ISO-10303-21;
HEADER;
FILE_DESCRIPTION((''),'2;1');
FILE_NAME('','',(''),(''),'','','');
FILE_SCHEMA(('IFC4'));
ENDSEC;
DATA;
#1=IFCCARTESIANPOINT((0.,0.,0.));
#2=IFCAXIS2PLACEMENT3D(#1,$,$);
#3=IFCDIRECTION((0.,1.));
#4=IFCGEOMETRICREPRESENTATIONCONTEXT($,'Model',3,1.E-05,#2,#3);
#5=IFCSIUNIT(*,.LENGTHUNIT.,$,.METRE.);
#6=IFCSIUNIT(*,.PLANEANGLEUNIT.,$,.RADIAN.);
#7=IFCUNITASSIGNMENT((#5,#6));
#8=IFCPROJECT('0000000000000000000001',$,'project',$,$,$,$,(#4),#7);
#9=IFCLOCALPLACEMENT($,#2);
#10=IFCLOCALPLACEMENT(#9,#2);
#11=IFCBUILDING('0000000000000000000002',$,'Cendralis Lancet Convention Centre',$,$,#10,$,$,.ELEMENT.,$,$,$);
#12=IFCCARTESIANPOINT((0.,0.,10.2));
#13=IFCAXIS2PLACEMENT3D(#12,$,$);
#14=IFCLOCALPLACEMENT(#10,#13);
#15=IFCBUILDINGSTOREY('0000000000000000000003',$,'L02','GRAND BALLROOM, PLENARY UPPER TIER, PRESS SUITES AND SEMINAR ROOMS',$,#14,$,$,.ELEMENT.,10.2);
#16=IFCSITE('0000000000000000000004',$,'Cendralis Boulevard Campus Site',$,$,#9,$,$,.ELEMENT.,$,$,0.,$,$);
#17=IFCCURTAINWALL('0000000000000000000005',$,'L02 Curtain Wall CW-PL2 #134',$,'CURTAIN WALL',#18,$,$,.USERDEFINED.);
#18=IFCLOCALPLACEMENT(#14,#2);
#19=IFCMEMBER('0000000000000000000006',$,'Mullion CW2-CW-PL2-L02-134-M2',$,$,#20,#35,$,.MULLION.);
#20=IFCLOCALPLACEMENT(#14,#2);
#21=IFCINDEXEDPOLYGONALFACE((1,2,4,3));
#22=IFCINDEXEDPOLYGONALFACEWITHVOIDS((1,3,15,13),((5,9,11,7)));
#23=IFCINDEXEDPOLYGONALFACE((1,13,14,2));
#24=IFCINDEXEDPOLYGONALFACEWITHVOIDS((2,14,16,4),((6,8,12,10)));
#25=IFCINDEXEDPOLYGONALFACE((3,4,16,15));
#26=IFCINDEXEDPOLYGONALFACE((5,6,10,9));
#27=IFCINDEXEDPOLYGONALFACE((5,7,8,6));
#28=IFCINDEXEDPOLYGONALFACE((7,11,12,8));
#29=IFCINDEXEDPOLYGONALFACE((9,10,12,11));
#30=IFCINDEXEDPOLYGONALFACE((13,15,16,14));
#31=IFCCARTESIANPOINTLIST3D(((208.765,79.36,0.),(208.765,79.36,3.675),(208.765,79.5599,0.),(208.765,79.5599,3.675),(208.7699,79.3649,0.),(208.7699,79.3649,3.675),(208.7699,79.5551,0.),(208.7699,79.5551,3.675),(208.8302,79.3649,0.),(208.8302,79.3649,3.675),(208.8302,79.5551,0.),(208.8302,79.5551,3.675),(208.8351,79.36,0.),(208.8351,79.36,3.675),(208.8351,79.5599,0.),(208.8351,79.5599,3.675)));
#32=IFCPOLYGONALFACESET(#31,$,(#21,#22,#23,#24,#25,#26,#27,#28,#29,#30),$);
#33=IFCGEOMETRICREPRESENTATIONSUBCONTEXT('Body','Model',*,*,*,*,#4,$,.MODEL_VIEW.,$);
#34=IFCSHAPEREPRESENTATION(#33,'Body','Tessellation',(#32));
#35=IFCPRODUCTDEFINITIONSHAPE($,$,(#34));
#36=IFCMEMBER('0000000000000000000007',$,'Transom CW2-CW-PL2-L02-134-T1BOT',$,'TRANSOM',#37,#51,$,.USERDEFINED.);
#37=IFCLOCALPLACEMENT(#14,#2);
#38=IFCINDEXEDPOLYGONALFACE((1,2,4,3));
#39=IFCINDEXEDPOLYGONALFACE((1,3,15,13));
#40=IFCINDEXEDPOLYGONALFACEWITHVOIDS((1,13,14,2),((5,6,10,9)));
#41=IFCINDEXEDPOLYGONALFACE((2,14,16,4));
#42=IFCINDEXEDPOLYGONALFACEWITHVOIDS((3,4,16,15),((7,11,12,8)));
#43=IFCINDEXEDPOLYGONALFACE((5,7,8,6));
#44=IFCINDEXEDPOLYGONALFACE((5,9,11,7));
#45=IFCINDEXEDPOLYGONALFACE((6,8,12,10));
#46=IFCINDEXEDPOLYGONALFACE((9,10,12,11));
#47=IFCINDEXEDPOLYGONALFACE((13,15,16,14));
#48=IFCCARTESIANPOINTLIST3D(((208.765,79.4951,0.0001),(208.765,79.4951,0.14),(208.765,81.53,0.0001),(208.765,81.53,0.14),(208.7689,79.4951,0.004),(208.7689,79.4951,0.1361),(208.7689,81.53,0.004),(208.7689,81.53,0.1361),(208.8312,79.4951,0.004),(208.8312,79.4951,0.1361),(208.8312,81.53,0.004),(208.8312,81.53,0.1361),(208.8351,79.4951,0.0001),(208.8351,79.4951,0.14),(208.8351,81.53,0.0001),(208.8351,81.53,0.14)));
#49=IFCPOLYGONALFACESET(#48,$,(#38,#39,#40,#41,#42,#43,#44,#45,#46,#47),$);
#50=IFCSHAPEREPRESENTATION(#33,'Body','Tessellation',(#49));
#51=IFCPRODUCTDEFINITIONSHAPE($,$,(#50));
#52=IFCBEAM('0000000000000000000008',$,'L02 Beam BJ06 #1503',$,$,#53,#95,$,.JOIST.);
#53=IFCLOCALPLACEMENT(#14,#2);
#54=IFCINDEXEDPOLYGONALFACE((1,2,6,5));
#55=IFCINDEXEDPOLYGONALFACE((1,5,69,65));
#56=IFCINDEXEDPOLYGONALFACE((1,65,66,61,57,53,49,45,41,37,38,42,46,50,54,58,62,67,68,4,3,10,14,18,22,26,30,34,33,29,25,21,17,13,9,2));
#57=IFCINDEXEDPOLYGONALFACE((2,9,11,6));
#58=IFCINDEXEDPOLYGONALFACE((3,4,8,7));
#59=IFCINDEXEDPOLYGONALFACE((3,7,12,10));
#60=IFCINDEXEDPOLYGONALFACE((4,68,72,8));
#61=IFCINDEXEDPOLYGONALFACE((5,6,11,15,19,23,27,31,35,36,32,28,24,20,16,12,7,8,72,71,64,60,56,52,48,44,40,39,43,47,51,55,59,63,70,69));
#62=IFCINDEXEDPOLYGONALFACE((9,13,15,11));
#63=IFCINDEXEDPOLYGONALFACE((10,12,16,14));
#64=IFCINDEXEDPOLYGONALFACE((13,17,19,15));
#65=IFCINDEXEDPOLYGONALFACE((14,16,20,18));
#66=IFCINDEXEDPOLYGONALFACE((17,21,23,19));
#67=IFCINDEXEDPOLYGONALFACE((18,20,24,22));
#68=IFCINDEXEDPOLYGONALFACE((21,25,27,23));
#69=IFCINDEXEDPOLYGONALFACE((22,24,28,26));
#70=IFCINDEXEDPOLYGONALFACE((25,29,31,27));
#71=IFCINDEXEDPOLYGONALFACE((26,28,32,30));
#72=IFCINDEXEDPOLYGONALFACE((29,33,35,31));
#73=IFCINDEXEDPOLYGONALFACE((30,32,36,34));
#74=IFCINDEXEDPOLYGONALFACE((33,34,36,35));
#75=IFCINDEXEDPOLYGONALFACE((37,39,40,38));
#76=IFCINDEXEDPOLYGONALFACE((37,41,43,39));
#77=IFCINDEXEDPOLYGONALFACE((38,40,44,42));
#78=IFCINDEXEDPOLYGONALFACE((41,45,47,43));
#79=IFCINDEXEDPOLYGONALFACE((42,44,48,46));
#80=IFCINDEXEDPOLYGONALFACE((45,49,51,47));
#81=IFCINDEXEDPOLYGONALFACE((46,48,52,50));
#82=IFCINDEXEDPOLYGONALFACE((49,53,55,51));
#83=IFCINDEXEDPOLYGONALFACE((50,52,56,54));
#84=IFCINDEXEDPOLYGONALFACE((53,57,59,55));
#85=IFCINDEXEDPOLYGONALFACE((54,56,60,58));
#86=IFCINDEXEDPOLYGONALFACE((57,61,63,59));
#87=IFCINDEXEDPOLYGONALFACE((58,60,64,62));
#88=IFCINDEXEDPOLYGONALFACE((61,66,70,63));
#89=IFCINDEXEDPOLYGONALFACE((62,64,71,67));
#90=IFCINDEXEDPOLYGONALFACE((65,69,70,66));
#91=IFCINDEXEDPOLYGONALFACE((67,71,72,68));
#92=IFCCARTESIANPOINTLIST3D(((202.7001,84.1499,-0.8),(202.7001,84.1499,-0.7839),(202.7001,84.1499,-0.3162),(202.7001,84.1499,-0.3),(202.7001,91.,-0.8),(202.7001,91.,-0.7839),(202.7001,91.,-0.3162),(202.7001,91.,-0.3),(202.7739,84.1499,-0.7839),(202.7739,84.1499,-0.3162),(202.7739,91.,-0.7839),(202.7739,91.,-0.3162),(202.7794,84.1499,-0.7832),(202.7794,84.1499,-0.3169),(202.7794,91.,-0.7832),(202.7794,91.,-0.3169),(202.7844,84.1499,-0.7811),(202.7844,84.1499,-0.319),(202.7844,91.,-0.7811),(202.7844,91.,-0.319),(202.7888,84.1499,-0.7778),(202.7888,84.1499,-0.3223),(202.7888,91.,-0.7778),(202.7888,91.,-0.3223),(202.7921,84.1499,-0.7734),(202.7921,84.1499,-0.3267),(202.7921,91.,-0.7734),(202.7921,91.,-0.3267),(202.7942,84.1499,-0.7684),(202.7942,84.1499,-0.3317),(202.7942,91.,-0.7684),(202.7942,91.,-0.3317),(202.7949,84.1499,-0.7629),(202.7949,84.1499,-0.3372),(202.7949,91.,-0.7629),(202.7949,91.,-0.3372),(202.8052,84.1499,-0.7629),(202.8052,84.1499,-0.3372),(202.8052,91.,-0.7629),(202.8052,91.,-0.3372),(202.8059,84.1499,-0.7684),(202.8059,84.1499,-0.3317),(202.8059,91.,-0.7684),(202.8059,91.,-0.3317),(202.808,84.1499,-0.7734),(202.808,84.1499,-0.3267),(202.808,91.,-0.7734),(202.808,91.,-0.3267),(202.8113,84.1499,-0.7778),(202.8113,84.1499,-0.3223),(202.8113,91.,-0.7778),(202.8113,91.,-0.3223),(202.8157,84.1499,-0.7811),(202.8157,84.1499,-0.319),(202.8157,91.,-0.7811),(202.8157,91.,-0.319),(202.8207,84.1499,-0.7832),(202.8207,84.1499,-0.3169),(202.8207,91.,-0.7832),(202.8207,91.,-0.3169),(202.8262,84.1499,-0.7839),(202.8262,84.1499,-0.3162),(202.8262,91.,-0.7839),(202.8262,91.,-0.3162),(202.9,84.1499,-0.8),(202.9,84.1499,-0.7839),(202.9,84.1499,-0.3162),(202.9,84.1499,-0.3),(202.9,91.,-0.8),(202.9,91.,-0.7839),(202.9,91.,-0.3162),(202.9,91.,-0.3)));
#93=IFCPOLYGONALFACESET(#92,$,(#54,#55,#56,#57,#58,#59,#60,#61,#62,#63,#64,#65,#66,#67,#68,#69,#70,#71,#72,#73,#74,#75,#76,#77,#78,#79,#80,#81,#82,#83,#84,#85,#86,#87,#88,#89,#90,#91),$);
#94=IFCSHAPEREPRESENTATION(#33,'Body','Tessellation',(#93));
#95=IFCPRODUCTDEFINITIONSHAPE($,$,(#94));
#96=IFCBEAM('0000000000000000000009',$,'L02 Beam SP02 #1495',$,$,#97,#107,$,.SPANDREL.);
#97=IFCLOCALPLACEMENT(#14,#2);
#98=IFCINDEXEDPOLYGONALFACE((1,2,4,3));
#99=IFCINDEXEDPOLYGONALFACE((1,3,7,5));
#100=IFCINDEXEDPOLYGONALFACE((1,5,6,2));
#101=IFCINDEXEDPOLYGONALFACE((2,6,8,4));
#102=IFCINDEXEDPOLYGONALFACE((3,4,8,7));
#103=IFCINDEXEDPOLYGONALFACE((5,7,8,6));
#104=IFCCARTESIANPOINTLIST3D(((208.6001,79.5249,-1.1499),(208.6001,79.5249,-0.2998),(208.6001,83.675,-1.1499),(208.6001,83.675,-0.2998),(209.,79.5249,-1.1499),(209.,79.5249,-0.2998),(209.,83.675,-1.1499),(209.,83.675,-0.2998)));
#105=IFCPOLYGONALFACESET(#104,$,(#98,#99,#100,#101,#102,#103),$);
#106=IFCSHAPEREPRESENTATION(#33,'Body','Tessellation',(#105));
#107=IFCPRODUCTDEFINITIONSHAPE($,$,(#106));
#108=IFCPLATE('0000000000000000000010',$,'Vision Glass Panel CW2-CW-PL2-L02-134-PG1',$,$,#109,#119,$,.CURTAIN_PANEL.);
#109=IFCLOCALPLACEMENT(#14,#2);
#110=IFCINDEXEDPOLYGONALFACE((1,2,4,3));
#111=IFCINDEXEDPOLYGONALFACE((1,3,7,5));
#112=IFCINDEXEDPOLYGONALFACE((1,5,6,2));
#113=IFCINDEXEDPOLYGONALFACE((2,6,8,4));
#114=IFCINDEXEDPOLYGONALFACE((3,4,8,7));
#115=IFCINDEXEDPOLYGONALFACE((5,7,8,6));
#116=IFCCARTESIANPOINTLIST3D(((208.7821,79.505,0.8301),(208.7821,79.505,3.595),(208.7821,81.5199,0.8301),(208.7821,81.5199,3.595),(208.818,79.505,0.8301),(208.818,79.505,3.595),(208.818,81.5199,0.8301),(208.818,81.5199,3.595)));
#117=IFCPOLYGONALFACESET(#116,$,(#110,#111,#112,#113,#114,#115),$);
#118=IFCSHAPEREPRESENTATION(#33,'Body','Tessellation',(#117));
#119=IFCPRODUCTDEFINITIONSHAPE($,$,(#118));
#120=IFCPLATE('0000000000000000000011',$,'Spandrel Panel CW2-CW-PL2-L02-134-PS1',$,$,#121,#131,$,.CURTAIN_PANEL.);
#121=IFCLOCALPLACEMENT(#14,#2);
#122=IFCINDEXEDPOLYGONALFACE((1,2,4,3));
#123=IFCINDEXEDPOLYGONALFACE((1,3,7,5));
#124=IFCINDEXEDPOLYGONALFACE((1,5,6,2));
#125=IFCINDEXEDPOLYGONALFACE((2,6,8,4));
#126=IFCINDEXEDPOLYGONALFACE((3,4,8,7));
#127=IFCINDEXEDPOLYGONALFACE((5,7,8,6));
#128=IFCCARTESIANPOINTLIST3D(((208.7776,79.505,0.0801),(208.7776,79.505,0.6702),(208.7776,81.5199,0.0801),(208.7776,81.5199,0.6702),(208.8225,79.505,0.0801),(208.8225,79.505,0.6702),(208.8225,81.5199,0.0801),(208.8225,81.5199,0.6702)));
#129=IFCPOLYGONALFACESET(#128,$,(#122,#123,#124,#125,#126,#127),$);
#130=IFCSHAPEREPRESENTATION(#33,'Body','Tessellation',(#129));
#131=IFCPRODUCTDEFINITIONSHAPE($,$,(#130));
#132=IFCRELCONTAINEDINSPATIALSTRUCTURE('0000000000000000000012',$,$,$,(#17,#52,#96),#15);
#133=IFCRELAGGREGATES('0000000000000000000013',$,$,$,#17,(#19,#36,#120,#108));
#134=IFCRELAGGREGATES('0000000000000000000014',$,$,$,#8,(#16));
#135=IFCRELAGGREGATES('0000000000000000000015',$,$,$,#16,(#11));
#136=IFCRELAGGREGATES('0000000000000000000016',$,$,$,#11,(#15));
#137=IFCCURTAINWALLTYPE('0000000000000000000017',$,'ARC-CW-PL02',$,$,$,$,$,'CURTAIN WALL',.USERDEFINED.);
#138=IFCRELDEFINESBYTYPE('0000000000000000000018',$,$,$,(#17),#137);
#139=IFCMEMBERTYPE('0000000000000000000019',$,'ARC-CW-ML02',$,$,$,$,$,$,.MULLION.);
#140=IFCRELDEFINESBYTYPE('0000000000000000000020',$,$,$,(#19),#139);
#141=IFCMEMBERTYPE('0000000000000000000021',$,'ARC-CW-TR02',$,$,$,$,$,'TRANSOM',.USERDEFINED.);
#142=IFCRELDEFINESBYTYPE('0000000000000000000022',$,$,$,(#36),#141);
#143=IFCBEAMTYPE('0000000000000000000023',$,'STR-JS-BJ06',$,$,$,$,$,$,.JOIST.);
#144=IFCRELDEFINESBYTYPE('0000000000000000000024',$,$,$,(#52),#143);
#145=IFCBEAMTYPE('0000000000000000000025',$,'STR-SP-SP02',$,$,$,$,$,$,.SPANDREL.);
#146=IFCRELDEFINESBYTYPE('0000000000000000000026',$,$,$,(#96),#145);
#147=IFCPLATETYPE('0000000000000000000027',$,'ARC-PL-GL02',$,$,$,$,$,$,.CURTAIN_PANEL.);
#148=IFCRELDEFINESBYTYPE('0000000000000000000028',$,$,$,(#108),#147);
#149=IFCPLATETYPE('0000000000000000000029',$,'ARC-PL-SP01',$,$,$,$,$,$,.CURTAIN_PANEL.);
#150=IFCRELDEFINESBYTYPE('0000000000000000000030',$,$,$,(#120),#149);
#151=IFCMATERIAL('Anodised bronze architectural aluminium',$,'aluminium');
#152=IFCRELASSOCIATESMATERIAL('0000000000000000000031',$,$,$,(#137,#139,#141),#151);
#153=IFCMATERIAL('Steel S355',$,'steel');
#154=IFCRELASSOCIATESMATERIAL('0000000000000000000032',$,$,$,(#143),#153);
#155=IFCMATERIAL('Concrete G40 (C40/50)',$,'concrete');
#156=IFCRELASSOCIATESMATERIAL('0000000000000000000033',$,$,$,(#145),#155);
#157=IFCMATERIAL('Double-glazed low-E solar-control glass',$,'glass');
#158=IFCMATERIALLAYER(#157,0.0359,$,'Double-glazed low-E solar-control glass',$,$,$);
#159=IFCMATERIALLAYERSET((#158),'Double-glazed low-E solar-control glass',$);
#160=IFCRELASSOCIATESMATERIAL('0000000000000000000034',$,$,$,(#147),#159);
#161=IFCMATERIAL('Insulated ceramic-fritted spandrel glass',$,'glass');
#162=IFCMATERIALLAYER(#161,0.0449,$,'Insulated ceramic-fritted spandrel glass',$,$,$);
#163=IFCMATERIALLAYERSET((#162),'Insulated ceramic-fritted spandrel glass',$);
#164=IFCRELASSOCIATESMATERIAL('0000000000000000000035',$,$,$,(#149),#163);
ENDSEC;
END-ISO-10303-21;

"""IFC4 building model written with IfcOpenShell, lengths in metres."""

from ifc_helpers import new_model, si_unit, direction, frame, origin, origin_2d, place, context, subcontext, project, spatial, rectangle, hollow_rectangle, i_section, extrude, material, layer, layer_set, material_profile, profile_set, type_object, element, aggregate, save


model = new_model("IFC4")

# Units and contexts
model_context = context("Model", 3, precision=1e-05, world=origin(), true_north=direction((0.0, 1.0)))
body_context = subcontext(model_context, "Body", "Model", "MODEL_VIEW")
ifc_project = project(units=[si_unit("LENGTHUNIT", "METRE"), si_unit("PLANEANGLEUNIT", "RADIAN")], contexts=[model_context])

# Site, building, storey
site_placement = place(None, origin())
site = spatial("IfcSite", under=ifc_project, at=site_placement, Name="Cendralis Boulevard Campus Site", CompositionType="ELEMENT", RefElevation=0.0)
building_placement = place(site_placement, origin())
building = spatial("IfcBuilding", under=site, at=building_placement, Name="Cendralis Lancet Convention Centre", CompositionType="ELEMENT")
storey_placement = place(building_placement, frame((0.0, 0.0, 10.2)))
storey = spatial("IfcBuildingStorey", under=building, at=storey_placement, Name="L02", Description="GRAND BALLROOM, PLENARY UPPER TIER, PRESS SUITES AND SEMINAR ROOMS", CompositionType="ELEMENT", Elevation=10.2)

# Curtain wall, members
ifc_material_1 = material(Name="Anodised bronze architectural aluminium", Category="aluminium")
curtain_wall_type = type_object("IfcCurtainWallType", Name="ARC-CW-PL02", ElementType="CURTAIN WALL", PredefinedType="USERDEFINED", material=ifc_material_1)
curtain_wall_placement = place(storey_placement, origin())
curtain_wall = element("IfcCurtainWall", 1, at=curtain_wall_placement, inside=storey, type_object=curtain_wall_type, Name="L02 Curtain Wall CW-PL2 #134", ObjectType="CURTAIN WALL", PredefinedType="USERDEFINED")
ifc_material_profile_1 = material_profile(ifc_material_1, hollow_rectangle(XDim=0.0701, YDim=0.2, WallThickness=0.0049, at=origin_2d()), Name="AL-MULL 70x200x5.0")
ifc_profile_set_1 = profile_set([ifc_material_profile_1], Name="Anodised bronze architectural aluminium")
member_type_1 = type_object("IfcMemberType", Name="ARC-CW-ML02", PredefinedType="MULLION", material=ifc_profile_set_1)
member_1_placement = place(storey_placement, frame((208.8, 79.46, 0.0), z_axis=(0.0, 0.0, 1.0), x_axis=(1.0, 0.0, 0.0)))
member_1 = element("IfcMember", 2, at=member_1_placement, type_object=member_type_1, Name="Mullion CW2-CW-PL2-L02-134-M2", PredefinedType="MULLION", context=body_context, shape_type="SweptSolid", body=[
    extrude(hollow_rectangle(XDim=0.0701, YDim=0.2, WallThickness=0.0049, at=origin_2d()), origin(), (0.0, 0.0, 1.0), 3.675),
])
ifc_material_profile_2 = material_profile(ifc_material_1, hollow_rectangle(XDim=0.0701, YDim=0.1399, WallThickness=0.0039, at=origin_2d()), Name="AL-TRAN 70x140x4.0")
ifc_profile_set_2 = profile_set([ifc_material_profile_2], Name="Anodised bronze architectural aluminium")
member_type_2 = type_object("IfcMemberType", Name="ARC-CW-TR02", ElementType="TRANSOM", PredefinedType="USERDEFINED", material=ifc_profile_set_2)
member_2_placement = place(storey_placement, frame((208.8, 81.53, 0.0701), z_axis=(0.0, -1.0, 0.0), x_axis=(1.0, 0.0, 0.0)))
member_2 = element("IfcMember", 3, at=member_2_placement, type_object=member_type_2, Name="Transom CW2-CW-PL2-L02-134-T1BOT", ObjectType="TRANSOM", PredefinedType="USERDEFINED", context=body_context, shape_type="SweptSolid", body=[
    extrude(hollow_rectangle(XDim=0.0701, YDim=0.1399, WallThickness=0.0039, at=origin_2d()), origin(), (0.0, 0.0, 1.0), 2.0349),
])

# Beams
ifc_material_2 = material(Name="Steel S355", Category="steel")
ifc_material_profile_3 = material_profile(ifc_material_2, i_section(OverallWidth=0.2, OverallDepth=0.5, WebThickness=0.0103, FlangeThickness=0.0161, FilletRadius=0.021, at=origin_2d()), Name="IPE 500")
ifc_profile_set_3 = profile_set([ifc_material_profile_3], Name="Steel S355")
beam_type_1 = type_object("IfcBeamType", Name="STR-JS-BJ06", PredefinedType="JOIST", material=ifc_profile_set_3)
beam_1_placement = place(storey_placement, frame((202.8, 84.1499, -0.55), z_axis=(0.0, 1.0, 0.0), x_axis=(-1.0, 0.0, 0.0)))
element("IfcBeam", 4, at=beam_1_placement, inside=storey, type_object=beam_type_1, Name="L02 Beam BJ06 #1503", PredefinedType="JOIST", context=body_context, shape_type="SweptSolid", body=[
    extrude(i_section(OverallWidth=0.2, OverallDepth=0.5, WebThickness=0.0103, FlangeThickness=0.0161, FilletRadius=0.021, at=origin_2d()), origin(), (0.0, 0.0, 1.0), 6.8501),
])
ifc_material_3 = material(Name="Concrete G40 (C40/50)", Category="concrete")
ifc_material_profile_4 = material_profile(ifc_material_3, rectangle(XDim=0.3999, YDim=0.8501, at=origin_2d()), Name="RCB 400x850")
ifc_profile_set_4 = profile_set([ifc_material_profile_4], Name="Concrete G40 (C40/50)")
beam_type_2 = type_object("IfcBeamType", Name="STR-SP-SP02", PredefinedType="SPANDREL", material=ifc_profile_set_4)
beam_2_placement = place(storey_placement, frame((208.8, 79.5249, -0.7249), z_axis=(0.0, 1.0, 0.0), x_axis=(-1.0, 0.0, 0.0)))
element("IfcBeam", 5, at=beam_2_placement, inside=storey, type_object=beam_type_2, Name="L02 Beam SP02 #1495", PredefinedType="SPANDREL", context=body_context, shape_type="SweptSolid", body=[
    extrude(rectangle(XDim=0.3999, YDim=0.8501, at=origin_2d()), origin(), (0.0, 0.0, 1.0), 4.1501),
])

# Plates
ifc_material_4 = material(Name="Double-glazed low-E solar-control glass", Category="glass")
ifc_layer_1 = layer(ifc_material_4, 0.0359, Name="Double-glazed low-E solar-control glass")
ifc_layer_set_1 = layer_set([ifc_layer_1], Name="Double-glazed low-E solar-control glass")
plate_type_1 = type_object("IfcPlateType", Name="ARC-PL-GL02", PredefinedType="CURTAIN_PANEL", material=ifc_layer_set_1)
plate_1_placement = place(storey_placement, frame((208.8, 80.5125, 0.8301), z_axis=(0.0, 0.0, 1.0), x_axis=(0.0, -1.0, 0.0)))
plate_1 = element("IfcPlate", 6, at=plate_1_placement, type_object=plate_type_1, Name="Vision Glass Panel CW2-CW-PL2-L02-134-PG1", PredefinedType="CURTAIN_PANEL", context=body_context, shape_type="SweptSolid", body=[
    extrude(rectangle(XDim=2.0149, YDim=0.0359, at=origin_2d()), origin(), (0.0, 0.0, 1.0), 2.7649),
])
ifc_material_5 = material(Name="Insulated ceramic-fritted spandrel glass", Category="glass")
ifc_layer_2 = layer(ifc_material_5, 0.0449, Name="Insulated ceramic-fritted spandrel glass")
ifc_layer_set_2 = layer_set([ifc_layer_2], Name="Insulated ceramic-fritted spandrel glass")
plate_type_2 = type_object("IfcPlateType", Name="ARC-PL-SP01", PredefinedType="CURTAIN_PANEL", material=ifc_layer_set_2)
plate_2_placement = place(storey_placement, frame((208.8, 80.5125, 0.0801), z_axis=(0.0, 0.0, 1.0), x_axis=(0.0, -1.0, 0.0)))
plate_2 = element("IfcPlate", 7, at=plate_2_placement, type_object=plate_type_2, Name="Spandrel Panel CW2-CW-PL2-L02-134-PS1", PredefinedType="CURTAIN_PANEL", context=body_context, shape_type="SweptSolid", body=[
    extrude(rectangle(XDim=2.0149, YDim=0.0449, at=origin_2d()), origin(), (0.0, 0.0, 1.0), 0.5901),
])
aggregate(curtain_wall, [member_1, member_2, plate_2, plate_1])

save(model, "model.ifc")
